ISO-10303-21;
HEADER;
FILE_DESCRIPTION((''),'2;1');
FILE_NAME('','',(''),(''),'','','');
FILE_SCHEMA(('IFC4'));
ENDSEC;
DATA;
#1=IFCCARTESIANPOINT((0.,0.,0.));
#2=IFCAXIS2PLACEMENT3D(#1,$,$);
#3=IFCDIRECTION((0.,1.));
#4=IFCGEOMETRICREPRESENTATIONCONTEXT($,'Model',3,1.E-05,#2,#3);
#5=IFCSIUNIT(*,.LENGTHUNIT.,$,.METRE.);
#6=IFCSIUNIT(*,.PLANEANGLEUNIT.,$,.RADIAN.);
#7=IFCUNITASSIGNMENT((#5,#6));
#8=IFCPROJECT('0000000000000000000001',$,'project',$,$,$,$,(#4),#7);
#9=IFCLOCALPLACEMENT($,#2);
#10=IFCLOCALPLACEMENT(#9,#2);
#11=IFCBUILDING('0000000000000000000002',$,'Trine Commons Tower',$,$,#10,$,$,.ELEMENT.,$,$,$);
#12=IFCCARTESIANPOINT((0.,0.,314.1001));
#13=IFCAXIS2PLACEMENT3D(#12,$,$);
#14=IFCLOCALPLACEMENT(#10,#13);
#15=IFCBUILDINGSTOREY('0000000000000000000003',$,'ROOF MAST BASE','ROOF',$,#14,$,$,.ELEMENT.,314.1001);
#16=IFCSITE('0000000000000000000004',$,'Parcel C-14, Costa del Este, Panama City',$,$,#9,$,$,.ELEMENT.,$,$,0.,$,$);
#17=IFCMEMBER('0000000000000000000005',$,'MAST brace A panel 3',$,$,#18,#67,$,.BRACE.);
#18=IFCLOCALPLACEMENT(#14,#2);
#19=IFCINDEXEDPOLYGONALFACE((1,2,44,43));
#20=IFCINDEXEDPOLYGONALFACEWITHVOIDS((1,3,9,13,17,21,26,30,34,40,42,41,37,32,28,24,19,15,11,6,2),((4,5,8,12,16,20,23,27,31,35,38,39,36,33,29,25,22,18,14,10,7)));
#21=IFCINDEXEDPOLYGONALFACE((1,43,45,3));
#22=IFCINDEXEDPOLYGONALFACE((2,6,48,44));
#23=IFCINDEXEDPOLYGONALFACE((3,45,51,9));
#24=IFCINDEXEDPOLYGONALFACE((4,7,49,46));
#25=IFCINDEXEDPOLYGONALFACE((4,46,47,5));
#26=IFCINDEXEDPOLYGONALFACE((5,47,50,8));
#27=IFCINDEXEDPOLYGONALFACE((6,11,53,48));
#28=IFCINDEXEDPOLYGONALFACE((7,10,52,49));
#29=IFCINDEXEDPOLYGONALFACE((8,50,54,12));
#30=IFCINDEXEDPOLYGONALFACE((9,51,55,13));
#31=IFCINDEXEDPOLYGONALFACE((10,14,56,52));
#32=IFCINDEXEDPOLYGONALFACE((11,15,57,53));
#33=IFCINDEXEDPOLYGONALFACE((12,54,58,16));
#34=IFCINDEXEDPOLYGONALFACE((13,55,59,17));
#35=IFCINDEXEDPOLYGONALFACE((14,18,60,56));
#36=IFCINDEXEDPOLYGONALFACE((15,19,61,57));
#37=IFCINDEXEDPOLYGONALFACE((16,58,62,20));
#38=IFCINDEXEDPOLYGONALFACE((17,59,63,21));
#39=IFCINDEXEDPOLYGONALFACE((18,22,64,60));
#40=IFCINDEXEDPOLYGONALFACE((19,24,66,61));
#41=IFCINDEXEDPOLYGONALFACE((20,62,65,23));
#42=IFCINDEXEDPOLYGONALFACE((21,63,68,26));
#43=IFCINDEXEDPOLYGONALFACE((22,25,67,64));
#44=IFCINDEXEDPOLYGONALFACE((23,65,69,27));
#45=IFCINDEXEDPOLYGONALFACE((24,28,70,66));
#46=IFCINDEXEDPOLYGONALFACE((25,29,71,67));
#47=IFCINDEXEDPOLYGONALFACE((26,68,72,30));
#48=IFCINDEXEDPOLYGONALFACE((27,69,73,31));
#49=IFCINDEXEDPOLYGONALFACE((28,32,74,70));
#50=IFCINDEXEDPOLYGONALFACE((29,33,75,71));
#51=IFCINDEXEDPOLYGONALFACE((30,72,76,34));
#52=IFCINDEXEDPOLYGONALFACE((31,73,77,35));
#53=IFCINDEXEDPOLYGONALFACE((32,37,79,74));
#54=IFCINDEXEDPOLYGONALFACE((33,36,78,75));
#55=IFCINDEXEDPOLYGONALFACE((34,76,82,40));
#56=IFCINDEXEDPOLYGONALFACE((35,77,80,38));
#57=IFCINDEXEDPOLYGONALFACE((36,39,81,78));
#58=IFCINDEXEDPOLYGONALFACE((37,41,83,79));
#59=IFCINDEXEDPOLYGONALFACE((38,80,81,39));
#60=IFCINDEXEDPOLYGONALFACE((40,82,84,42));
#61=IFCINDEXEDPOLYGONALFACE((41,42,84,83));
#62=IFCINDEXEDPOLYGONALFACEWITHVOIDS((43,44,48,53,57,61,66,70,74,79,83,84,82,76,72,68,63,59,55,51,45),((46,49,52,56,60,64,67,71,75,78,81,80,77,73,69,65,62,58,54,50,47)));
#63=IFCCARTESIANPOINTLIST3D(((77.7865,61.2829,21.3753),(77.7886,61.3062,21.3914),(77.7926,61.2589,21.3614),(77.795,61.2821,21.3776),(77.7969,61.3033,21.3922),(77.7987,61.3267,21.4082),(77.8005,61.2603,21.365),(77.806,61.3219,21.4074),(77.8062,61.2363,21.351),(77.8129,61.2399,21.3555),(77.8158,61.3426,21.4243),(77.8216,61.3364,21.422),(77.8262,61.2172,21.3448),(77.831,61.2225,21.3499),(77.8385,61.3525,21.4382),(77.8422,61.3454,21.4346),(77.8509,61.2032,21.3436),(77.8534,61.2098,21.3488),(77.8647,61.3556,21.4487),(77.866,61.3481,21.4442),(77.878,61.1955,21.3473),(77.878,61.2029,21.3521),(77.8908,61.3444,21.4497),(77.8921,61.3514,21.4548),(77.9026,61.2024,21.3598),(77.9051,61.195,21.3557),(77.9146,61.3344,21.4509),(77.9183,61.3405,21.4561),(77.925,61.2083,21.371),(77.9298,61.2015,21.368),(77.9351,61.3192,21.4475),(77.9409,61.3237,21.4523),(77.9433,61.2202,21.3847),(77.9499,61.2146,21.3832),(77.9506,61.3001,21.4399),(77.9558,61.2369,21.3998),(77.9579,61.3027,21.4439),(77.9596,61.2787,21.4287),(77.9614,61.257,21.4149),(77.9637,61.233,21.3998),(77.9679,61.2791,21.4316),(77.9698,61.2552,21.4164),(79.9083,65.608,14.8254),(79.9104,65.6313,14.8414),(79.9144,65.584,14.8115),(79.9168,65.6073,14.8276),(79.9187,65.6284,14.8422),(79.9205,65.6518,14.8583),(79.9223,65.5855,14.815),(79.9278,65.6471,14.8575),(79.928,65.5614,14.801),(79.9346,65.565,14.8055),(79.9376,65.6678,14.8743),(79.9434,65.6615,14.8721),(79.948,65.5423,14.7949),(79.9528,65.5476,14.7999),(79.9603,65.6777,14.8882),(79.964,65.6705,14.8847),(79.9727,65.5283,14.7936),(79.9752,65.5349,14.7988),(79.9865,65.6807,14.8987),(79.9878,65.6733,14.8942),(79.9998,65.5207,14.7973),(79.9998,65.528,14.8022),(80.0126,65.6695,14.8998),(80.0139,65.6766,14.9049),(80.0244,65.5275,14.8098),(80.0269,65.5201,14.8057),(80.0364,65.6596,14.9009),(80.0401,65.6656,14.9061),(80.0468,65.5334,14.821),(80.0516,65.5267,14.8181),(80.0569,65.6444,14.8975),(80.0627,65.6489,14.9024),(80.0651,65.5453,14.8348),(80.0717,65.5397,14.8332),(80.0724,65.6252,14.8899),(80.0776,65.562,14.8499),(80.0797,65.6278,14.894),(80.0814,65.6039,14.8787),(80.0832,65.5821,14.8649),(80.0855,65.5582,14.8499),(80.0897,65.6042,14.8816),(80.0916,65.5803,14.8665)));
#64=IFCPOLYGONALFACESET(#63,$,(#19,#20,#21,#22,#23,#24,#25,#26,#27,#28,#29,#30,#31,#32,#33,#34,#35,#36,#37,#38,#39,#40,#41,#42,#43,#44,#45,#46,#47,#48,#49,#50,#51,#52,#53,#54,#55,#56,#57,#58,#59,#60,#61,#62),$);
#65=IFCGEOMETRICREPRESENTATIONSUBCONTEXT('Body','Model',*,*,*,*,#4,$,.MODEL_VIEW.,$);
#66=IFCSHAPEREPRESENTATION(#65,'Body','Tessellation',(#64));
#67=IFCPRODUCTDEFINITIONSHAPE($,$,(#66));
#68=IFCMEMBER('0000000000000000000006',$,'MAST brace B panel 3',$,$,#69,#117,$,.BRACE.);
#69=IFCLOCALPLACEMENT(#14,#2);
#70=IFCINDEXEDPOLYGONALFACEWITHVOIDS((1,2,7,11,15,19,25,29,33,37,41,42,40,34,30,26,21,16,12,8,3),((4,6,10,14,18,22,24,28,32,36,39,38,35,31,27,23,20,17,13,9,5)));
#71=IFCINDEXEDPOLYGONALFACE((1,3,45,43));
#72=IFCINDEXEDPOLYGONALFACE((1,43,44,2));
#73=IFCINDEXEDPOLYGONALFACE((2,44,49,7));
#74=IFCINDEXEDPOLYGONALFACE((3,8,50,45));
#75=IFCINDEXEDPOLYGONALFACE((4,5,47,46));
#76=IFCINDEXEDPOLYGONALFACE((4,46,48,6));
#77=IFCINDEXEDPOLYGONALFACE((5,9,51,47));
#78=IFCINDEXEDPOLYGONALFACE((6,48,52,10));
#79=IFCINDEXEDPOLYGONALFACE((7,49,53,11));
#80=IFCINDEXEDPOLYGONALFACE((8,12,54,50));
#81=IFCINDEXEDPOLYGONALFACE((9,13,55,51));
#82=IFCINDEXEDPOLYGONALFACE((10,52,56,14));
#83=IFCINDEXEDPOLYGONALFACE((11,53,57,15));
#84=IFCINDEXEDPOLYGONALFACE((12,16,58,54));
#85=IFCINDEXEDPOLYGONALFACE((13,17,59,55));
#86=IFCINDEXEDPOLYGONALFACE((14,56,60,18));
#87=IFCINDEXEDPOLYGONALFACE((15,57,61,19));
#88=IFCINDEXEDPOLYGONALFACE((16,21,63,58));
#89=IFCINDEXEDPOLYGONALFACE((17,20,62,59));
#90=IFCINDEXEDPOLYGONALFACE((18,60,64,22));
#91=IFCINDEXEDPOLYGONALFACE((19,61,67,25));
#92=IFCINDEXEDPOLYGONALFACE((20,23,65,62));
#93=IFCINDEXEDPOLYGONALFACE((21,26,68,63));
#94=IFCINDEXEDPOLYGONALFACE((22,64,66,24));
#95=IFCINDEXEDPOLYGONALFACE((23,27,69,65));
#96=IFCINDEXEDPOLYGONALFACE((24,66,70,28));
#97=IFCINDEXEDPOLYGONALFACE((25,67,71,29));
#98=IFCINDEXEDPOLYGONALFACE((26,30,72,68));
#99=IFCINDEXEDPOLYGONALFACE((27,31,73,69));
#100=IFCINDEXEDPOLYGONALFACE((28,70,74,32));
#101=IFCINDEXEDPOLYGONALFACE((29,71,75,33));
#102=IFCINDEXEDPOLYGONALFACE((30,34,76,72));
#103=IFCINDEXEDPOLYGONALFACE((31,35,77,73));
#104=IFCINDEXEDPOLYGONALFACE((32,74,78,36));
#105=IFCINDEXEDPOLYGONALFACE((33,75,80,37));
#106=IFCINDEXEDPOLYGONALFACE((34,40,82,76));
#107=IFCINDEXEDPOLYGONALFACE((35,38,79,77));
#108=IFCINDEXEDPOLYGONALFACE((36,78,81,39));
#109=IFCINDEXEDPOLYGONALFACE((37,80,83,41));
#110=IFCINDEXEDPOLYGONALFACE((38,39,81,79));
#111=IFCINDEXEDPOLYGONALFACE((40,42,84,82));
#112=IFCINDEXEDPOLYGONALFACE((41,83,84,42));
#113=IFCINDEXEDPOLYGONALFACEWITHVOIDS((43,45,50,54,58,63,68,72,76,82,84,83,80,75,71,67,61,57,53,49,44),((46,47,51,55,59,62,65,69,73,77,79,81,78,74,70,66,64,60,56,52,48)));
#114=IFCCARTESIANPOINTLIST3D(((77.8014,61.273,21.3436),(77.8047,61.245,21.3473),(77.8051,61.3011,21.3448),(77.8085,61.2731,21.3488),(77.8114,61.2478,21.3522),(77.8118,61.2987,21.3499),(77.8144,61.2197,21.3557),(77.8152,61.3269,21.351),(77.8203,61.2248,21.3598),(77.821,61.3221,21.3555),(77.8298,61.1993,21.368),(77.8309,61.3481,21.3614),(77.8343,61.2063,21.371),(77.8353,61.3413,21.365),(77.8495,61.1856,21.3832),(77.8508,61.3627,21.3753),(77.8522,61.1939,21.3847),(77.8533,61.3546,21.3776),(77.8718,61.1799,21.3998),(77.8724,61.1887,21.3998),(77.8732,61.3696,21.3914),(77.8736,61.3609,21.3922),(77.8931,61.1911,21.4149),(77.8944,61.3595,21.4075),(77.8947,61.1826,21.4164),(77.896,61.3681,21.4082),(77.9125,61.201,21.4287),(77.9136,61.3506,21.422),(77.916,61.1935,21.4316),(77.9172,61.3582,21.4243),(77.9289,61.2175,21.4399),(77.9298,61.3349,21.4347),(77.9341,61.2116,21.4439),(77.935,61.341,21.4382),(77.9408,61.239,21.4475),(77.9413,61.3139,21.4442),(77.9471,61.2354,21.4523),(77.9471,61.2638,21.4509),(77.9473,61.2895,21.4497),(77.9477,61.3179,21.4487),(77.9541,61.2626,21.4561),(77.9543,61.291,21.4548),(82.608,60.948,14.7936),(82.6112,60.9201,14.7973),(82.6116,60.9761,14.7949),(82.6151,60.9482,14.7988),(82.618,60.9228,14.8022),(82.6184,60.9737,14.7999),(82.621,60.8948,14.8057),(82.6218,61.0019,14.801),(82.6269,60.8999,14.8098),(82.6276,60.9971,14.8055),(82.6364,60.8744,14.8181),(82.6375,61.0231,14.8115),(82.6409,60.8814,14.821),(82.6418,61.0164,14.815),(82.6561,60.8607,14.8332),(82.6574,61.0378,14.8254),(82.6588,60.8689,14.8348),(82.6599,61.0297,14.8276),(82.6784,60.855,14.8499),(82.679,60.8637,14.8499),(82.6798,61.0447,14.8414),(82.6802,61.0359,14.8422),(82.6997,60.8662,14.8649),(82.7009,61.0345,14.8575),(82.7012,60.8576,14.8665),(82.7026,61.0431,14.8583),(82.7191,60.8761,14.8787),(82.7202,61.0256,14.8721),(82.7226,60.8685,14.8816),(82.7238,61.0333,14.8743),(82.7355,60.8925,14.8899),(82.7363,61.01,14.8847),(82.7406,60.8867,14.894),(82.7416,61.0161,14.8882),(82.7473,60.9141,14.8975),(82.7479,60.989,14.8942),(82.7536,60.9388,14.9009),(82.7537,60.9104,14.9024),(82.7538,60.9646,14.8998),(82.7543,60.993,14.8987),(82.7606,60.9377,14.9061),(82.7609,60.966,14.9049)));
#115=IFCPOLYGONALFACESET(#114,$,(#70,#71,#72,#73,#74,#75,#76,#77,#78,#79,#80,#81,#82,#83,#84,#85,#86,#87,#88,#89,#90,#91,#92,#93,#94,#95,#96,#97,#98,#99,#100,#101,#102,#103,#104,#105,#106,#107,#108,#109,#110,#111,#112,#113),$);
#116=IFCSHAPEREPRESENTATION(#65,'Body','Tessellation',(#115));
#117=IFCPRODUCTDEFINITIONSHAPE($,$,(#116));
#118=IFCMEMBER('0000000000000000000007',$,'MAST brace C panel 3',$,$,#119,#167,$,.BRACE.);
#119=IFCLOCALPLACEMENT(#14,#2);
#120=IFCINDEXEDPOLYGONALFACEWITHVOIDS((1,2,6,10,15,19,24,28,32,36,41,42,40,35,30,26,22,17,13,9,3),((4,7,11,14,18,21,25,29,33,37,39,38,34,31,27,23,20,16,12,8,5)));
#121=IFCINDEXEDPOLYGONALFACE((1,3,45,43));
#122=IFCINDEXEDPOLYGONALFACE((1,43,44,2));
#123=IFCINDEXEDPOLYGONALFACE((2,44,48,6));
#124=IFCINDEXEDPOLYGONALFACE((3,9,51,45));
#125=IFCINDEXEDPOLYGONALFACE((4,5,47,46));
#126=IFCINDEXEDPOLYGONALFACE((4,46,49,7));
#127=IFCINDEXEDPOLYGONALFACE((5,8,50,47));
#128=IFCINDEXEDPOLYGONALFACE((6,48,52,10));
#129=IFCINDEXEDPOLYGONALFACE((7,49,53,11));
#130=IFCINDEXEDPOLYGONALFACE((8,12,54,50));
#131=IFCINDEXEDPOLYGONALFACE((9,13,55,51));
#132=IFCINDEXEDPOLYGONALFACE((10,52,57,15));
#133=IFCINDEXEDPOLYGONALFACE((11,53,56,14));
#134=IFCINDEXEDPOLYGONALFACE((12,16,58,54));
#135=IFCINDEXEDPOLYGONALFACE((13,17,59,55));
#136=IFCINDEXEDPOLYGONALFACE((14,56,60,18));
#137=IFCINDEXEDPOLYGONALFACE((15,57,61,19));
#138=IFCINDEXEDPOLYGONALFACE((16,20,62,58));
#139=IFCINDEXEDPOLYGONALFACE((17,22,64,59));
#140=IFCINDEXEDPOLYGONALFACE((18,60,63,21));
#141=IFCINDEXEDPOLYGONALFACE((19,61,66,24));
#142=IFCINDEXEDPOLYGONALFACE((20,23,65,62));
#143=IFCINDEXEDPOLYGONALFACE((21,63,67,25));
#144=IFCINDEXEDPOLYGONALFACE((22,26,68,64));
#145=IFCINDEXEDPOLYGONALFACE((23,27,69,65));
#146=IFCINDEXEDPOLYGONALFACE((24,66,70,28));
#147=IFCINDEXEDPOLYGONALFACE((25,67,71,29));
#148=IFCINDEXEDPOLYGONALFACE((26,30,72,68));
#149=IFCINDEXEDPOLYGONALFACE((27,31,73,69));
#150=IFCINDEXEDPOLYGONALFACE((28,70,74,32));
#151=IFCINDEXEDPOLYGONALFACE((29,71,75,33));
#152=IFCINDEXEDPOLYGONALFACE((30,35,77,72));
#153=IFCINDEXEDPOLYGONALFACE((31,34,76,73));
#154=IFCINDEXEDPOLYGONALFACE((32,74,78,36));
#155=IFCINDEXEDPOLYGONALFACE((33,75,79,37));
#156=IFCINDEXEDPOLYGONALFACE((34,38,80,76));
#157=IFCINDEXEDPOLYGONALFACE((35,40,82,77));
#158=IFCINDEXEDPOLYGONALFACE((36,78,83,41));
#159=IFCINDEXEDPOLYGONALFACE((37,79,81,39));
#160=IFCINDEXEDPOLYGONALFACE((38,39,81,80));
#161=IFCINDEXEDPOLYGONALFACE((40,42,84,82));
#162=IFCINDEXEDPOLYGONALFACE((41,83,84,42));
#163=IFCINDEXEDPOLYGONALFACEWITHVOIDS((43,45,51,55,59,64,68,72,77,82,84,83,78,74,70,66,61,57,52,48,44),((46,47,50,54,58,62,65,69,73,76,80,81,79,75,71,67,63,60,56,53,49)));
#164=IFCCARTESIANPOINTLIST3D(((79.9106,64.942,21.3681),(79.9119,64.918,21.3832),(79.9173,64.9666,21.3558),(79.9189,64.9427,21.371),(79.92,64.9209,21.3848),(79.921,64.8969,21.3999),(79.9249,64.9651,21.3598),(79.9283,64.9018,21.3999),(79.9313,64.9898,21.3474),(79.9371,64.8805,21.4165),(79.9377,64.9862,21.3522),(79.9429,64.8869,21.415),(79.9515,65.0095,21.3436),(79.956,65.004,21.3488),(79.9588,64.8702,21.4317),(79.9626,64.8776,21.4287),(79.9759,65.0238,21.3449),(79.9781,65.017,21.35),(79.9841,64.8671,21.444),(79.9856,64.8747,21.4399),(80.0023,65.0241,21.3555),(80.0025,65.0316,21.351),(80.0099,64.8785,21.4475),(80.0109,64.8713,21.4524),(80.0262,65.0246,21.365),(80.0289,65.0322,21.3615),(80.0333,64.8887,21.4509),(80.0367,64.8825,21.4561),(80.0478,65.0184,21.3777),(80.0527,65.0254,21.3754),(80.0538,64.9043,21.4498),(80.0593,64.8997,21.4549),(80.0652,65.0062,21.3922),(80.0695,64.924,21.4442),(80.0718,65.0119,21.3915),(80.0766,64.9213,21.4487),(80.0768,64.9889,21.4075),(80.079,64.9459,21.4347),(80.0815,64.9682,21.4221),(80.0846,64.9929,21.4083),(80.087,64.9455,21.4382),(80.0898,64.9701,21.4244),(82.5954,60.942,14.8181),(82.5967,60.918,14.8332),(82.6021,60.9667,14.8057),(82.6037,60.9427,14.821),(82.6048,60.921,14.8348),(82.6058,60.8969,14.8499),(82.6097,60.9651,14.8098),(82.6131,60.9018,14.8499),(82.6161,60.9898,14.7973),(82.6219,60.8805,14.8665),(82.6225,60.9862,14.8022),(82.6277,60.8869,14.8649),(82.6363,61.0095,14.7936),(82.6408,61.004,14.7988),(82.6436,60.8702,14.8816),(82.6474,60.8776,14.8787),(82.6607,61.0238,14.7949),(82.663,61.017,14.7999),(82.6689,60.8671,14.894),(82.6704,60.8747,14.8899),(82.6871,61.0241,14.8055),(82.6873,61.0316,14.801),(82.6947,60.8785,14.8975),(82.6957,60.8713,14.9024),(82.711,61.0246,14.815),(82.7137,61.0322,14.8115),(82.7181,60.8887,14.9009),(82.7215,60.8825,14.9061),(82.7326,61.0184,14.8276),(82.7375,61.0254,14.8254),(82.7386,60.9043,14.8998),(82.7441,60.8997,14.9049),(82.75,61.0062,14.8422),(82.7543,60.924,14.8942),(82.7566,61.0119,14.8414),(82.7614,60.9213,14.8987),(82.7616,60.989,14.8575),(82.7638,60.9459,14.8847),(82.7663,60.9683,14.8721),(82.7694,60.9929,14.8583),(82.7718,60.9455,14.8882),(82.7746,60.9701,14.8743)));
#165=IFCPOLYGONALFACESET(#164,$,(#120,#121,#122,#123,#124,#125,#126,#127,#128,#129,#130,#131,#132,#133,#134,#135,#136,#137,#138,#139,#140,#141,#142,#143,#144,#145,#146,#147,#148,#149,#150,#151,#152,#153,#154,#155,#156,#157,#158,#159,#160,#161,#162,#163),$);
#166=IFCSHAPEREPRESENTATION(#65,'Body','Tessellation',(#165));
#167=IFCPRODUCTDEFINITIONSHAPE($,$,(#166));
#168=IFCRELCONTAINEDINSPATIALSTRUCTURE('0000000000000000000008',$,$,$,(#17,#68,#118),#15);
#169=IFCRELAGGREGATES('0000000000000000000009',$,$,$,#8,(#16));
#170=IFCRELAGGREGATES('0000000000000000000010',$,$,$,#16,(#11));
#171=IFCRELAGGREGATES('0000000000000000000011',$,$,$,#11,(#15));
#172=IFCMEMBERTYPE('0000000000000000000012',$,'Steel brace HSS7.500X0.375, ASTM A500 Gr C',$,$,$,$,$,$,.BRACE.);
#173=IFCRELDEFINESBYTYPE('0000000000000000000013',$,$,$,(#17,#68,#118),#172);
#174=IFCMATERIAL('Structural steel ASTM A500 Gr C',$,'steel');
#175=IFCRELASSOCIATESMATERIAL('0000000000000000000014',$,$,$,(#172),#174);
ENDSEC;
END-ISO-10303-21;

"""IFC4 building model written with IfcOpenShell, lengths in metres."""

from ifc_helpers import new_model, si_unit, direction, frame, origin, origin_2d, place, context, subcontext, project, spatial, hollow_circle, extrude, material, material_profile, profile_set, type_object, element, save


model = new_model("IFC4")

# Units and contexts
model_context = context("Model", 3, precision=1e-05, world=origin(), true_north=direction((0.0, 1.0)))
body_context = subcontext(model_context, "Body", "Model", "MODEL_VIEW")
ifc_project = project(units=[si_unit("LENGTHUNIT", "METRE"), si_unit("PLANEANGLEUNIT", "RADIAN")], contexts=[model_context])

# Site, building, storey
site_placement = place(None, origin())
site = spatial("IfcSite", under=ifc_project, at=site_placement, Name="Parcel C-14, Costa del Este, Panama City", CompositionType="ELEMENT", RefElevation=0.0)
building_placement = place(site_placement, origin())
building = spatial("IfcBuilding", under=site, at=building_placement, Name="Trine Commons Tower", CompositionType="ELEMENT")
storey_placement = place(building_placement, frame((0.0, 0.0, 314.1001)))
storey = spatial("IfcBuildingStorey", under=building, at=storey_placement, Name="ROOF MAST BASE", Description="ROOF", CompositionType="ELEMENT", Elevation=314.1001)

# Members
ifc_material_1 = material(Name="Structural steel ASTM A500 Gr C", Category="steel")
ifc_material_profile_1 = material_profile(ifc_material_1, hollow_circle(Radius=0.0952, WallThickness=0.0088, at=origin_2d()), Name="HSS7.500X0.375")
ifc_profile_set_1 = profile_set([ifc_material_profile_1], Name="Structural steel ASTM A500 Gr C")
member_type_1 = type_object("IfcMemberType", Name="Steel brace HSS7.500X0.375, ASTM A500 Gr C", PredefinedType="BRACE", material=ifc_profile_set_1)
for number, where, z_axis, x_axis, name in (
    (1, (80.0, 65.6001, 14.8499), (-0.260956, -0.531941, 0.805568), (0.897787, -0.44043, 0.0), "MAST brace A panel 3"),
    (2, (82.6848, 60.95, 14.8499), (-0.591153, 0.039965, 0.805569), (-0.067451, -0.997723, 0.0), "MAST brace B panel 3"),
    (3, (82.6848, 60.95, 14.8499), (-0.330199, 0.491951, 0.805576), (-0.830308, -0.557305, 0.0), "MAST brace C panel 3"),
):
    element("IfcMember", number, at=place(storey_placement, frame(where, z_axis=z_axis, x_axis=x_axis)), inside=storey, type_object=member_type_1, Name=name, PredefinedType="BRACE", context=body_context, shape_type="SweptSolid", body=[
        extrude(hollow_circle(Radius=0.0952, WallThickness=0.0088, at=origin_2d()), origin(), (0.0, 0.0, 1.0), 8.1309),
    ])

save(model, "model.ifc")
